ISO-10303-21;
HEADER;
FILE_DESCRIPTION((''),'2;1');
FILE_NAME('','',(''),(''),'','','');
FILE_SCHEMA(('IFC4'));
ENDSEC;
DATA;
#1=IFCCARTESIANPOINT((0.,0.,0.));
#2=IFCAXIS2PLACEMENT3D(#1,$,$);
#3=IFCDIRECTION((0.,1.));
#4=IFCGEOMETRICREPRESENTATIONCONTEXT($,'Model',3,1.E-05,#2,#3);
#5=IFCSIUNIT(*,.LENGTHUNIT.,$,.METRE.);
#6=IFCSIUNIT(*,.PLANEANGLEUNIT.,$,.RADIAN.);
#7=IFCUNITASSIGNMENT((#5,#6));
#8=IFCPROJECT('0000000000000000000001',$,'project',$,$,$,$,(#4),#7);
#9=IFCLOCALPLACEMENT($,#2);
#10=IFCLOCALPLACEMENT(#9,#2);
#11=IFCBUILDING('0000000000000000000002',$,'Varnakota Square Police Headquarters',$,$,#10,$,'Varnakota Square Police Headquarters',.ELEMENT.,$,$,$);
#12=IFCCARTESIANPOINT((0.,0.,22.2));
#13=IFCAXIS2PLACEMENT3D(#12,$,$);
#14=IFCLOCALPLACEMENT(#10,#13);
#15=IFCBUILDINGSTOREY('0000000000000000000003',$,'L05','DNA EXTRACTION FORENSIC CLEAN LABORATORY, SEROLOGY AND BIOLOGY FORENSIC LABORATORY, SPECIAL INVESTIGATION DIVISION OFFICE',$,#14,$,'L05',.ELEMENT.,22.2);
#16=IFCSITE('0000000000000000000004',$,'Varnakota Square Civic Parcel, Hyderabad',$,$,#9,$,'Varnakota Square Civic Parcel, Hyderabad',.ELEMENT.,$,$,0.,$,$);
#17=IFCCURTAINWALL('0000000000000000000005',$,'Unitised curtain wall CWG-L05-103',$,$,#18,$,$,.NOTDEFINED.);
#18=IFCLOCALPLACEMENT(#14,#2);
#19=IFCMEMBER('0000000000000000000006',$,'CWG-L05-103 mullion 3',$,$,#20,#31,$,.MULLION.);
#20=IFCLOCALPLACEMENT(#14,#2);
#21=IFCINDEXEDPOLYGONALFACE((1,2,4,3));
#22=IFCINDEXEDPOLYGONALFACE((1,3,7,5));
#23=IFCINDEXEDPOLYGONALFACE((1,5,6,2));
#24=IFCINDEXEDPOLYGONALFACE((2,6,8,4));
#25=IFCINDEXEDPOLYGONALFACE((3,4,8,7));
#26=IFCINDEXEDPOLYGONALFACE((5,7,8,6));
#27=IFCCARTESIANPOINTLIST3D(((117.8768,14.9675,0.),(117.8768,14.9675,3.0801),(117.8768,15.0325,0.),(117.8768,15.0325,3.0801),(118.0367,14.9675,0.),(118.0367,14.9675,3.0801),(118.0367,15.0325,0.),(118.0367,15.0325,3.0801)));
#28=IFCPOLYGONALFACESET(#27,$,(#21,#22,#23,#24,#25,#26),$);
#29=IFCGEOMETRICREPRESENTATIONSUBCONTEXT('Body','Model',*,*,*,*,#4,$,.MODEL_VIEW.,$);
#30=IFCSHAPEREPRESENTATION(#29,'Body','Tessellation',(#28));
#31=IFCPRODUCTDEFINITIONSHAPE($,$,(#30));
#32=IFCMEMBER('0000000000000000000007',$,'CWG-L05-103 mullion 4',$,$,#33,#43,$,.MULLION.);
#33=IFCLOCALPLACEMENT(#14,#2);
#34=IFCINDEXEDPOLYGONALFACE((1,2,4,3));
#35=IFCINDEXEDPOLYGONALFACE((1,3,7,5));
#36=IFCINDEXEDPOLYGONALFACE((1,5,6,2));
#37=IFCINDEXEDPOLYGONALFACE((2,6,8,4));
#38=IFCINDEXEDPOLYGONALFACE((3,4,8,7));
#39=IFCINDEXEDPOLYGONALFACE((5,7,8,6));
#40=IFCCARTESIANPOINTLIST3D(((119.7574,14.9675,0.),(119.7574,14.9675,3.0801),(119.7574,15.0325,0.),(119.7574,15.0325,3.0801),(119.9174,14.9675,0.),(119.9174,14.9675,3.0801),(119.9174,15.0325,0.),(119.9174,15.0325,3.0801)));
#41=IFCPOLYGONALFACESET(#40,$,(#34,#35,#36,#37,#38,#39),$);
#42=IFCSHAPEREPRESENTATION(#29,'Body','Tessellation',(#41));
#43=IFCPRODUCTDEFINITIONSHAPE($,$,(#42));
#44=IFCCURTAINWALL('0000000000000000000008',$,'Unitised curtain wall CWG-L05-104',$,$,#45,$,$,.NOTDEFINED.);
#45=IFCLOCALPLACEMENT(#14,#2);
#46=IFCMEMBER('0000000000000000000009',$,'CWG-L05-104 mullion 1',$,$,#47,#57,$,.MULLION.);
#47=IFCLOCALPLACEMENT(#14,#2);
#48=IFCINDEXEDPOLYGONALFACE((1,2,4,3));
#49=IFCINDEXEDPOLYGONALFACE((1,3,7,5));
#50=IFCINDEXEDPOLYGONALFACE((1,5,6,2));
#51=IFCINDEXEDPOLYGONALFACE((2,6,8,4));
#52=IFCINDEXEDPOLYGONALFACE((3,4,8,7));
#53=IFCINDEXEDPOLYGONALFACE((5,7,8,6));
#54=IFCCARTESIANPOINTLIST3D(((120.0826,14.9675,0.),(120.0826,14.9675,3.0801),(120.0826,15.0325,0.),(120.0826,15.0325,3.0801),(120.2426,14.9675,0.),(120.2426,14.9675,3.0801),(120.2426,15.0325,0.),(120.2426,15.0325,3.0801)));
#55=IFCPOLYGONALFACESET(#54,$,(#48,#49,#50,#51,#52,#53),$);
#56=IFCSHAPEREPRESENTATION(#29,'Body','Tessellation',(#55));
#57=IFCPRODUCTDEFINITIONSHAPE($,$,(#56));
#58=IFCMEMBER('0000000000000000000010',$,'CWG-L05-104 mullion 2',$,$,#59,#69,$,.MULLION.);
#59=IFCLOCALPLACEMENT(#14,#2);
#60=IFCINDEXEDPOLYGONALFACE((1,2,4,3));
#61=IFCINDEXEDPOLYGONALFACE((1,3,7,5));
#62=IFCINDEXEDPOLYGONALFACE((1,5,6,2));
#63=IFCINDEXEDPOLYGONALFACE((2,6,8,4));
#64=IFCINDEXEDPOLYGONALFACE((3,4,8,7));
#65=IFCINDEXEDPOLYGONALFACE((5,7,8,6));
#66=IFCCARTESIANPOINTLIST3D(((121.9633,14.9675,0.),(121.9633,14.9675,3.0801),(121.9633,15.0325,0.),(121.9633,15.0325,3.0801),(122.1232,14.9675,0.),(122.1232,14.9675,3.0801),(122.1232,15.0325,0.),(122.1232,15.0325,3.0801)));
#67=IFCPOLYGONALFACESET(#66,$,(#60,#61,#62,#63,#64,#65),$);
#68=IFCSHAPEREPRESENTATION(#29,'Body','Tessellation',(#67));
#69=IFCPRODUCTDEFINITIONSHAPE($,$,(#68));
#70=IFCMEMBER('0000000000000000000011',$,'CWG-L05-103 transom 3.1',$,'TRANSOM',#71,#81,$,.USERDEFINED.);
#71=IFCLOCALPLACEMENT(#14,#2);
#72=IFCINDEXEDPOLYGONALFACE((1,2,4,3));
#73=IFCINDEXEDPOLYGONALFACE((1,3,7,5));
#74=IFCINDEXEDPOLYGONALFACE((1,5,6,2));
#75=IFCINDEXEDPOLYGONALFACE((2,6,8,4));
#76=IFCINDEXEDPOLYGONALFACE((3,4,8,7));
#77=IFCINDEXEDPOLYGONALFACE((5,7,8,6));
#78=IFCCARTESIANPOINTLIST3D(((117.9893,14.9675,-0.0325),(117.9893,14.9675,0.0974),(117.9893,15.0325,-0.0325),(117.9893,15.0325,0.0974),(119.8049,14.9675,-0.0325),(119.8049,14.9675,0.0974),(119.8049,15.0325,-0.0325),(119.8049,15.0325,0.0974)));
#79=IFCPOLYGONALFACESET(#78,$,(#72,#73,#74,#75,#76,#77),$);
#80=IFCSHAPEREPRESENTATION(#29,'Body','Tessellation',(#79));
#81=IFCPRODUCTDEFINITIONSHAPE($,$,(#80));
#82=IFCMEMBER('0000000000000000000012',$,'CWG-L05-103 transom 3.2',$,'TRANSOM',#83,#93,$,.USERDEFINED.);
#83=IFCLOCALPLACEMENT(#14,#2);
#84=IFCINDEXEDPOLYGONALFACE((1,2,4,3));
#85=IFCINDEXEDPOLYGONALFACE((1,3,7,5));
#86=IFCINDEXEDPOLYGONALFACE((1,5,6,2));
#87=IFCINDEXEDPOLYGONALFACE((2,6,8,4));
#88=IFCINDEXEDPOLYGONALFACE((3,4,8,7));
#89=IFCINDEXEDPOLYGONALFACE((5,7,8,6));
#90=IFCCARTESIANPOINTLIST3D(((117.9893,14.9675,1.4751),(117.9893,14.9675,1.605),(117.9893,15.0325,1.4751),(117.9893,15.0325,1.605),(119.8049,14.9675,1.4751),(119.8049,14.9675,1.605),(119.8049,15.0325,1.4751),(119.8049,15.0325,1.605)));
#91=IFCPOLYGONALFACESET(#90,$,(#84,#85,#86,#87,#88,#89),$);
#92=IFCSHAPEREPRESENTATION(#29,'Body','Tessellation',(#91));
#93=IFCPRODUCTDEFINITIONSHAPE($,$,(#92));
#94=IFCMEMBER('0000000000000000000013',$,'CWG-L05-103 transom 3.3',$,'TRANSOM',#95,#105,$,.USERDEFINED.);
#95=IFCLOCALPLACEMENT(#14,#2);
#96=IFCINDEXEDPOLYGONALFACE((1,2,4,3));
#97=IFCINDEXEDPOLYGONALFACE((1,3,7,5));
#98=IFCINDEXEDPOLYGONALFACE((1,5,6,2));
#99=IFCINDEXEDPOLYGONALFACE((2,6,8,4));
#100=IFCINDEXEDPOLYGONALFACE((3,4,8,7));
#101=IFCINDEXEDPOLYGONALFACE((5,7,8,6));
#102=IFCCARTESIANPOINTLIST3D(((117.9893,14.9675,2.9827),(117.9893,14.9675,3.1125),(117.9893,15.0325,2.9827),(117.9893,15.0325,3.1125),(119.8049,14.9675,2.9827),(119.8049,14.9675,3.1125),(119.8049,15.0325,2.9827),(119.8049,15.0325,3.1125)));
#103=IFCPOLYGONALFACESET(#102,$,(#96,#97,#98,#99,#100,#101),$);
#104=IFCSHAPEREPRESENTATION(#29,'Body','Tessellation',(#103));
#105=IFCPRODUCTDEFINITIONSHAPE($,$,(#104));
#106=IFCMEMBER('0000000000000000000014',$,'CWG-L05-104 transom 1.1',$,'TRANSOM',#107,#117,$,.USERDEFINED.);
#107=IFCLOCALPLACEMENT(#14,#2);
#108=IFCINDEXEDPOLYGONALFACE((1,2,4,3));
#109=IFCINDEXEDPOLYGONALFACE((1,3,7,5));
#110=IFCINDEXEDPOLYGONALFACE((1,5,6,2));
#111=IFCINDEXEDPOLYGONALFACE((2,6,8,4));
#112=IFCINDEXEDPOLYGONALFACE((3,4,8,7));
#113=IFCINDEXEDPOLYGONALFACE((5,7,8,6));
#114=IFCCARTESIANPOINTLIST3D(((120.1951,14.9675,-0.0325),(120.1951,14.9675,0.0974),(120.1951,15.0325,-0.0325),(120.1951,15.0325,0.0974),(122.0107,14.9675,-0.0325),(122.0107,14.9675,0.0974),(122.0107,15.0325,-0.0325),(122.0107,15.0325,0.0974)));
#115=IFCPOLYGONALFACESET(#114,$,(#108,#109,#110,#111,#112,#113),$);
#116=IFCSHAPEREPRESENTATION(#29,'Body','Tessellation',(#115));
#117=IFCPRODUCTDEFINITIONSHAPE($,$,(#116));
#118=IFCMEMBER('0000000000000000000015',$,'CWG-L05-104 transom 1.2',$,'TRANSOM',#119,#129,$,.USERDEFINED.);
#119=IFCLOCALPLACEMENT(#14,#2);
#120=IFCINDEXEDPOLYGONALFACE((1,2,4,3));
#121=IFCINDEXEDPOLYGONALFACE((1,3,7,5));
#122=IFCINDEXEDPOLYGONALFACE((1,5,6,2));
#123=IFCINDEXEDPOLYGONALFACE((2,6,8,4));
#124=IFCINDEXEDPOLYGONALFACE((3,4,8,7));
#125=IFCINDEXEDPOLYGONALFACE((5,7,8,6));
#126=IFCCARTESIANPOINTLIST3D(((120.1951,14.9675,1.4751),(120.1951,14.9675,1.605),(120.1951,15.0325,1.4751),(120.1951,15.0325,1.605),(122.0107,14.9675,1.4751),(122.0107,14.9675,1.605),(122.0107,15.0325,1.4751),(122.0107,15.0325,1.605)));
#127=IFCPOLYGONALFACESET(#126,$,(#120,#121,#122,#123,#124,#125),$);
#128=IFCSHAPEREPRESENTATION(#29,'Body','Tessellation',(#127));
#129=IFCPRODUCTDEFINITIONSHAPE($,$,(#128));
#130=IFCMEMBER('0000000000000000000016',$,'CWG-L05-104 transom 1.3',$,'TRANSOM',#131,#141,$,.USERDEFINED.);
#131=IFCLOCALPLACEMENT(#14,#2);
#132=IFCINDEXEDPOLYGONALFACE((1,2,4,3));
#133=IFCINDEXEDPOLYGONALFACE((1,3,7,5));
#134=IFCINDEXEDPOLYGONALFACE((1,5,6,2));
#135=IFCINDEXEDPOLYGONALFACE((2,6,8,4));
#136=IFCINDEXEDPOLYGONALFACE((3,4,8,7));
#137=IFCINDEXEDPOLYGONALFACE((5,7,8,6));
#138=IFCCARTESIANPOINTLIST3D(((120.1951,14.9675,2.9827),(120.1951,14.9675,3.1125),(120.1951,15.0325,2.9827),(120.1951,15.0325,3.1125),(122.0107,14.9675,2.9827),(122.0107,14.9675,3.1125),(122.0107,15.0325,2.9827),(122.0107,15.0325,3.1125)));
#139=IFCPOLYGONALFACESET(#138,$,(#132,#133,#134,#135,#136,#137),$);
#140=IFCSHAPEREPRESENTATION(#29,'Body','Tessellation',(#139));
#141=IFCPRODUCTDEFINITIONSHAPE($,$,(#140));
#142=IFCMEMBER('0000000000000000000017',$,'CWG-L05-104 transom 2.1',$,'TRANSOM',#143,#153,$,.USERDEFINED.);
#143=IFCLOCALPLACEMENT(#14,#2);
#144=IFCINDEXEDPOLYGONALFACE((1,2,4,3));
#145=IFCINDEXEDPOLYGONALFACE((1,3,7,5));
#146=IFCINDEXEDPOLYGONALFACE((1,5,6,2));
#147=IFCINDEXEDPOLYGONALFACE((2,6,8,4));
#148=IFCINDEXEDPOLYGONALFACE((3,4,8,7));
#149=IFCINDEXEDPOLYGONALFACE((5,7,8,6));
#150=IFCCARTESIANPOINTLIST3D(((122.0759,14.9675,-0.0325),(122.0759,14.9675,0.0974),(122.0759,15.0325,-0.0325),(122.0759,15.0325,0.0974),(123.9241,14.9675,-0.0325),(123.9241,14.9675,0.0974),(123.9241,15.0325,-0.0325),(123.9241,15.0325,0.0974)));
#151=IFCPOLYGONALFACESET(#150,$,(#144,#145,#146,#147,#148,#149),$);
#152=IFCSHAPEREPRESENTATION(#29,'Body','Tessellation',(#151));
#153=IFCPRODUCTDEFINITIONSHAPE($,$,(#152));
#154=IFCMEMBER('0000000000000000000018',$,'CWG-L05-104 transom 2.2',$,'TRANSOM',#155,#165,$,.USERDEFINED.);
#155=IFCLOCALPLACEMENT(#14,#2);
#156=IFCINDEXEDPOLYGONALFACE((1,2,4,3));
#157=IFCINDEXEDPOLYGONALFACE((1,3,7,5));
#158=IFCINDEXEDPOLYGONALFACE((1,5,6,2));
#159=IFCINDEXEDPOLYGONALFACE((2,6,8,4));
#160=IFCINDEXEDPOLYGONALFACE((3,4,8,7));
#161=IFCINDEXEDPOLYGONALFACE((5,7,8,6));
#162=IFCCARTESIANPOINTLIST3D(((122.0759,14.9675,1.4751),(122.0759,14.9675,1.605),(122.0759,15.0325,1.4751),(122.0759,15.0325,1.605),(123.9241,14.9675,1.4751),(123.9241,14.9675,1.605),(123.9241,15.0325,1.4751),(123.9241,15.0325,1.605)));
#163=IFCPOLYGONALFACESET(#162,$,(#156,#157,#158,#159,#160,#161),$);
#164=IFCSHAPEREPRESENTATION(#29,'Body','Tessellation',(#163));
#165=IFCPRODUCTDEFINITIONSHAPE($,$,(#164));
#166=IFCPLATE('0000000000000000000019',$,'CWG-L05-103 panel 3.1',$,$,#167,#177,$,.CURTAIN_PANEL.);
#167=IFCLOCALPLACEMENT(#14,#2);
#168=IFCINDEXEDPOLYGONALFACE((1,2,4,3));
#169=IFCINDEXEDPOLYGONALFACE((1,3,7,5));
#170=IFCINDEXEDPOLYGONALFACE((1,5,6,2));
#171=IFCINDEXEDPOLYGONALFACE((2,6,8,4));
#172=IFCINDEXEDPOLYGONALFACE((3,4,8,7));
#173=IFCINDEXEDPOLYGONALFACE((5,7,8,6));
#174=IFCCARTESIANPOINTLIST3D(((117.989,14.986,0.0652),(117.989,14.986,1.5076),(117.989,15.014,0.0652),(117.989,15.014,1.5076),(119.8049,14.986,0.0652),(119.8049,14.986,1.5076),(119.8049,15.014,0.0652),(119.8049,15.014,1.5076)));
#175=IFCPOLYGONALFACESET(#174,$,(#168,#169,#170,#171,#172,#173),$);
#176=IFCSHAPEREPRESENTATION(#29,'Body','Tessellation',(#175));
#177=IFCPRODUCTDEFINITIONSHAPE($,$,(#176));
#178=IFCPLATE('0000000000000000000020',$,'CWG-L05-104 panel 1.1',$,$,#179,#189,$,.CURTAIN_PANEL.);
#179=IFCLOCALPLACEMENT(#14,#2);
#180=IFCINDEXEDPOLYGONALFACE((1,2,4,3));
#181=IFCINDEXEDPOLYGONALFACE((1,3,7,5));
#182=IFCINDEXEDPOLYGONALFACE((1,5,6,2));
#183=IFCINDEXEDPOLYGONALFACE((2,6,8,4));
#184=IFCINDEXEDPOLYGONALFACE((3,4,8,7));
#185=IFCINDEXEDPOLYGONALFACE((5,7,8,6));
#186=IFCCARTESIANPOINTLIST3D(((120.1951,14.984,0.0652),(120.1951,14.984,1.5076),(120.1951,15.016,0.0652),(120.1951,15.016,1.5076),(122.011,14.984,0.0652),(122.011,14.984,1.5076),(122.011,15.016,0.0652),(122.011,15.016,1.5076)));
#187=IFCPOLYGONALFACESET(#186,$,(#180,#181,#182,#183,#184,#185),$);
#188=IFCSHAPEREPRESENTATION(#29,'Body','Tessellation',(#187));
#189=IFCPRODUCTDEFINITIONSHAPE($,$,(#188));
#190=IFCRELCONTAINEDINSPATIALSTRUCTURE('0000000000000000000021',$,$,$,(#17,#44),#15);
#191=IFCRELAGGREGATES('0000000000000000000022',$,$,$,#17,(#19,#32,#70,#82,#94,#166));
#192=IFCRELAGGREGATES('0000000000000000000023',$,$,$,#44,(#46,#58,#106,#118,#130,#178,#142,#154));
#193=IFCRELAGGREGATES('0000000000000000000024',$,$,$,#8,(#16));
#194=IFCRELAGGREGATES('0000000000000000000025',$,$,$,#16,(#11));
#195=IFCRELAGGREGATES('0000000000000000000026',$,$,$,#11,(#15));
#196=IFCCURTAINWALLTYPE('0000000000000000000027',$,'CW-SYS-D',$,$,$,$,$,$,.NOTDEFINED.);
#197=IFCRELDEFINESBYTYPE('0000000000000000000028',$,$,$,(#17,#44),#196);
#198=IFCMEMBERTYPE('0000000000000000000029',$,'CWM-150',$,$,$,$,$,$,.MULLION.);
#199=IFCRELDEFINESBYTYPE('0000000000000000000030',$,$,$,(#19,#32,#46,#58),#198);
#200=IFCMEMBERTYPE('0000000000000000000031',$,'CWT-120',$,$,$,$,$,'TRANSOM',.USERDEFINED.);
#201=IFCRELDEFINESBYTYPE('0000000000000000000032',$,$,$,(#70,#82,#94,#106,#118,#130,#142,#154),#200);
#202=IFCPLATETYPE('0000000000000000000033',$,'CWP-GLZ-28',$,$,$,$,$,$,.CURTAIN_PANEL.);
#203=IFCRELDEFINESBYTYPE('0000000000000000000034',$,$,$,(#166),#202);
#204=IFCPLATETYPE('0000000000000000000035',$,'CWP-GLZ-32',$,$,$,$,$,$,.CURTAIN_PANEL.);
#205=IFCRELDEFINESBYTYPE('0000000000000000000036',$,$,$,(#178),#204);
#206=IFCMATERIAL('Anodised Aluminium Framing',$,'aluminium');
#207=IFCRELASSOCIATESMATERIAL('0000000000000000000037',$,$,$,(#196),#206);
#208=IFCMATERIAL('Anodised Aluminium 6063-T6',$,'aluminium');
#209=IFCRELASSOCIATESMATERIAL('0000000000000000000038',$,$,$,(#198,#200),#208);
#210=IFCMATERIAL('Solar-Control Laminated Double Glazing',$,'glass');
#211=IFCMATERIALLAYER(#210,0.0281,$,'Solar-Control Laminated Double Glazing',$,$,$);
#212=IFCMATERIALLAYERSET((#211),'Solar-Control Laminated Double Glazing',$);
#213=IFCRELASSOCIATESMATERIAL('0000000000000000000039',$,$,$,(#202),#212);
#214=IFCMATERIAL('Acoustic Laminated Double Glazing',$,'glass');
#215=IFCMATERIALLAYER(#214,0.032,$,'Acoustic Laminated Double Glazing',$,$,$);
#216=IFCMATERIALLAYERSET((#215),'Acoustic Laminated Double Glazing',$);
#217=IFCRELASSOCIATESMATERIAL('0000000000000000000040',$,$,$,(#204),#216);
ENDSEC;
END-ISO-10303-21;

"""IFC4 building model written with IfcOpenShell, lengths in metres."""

from ifc_helpers import new_model, si_unit, direction, frame, origin, origin_2d, place, context, subcontext, project, spatial, rectangle, extrude, material, layer, layer_set, material_profile, profile_set, type_object, element, aggregate, save


model = new_model("IFC4")

# Units and contexts
model_context = context("Model", 3, precision=1e-05, world=origin(), true_north=direction((0.0, 1.0)))
body_context = subcontext(model_context, "Body", "Model", "MODEL_VIEW")
ifc_project = project(units=[si_unit("LENGTHUNIT", "METRE"), si_unit("PLANEANGLEUNIT", "RADIAN")], contexts=[model_context])

# Site, building, storey
site_placement = place(None, origin())
site = spatial("IfcSite", under=ifc_project, at=site_placement, Name="Varnakota Square Civic Parcel, Hyderabad", LongName="Varnakota Square Civic Parcel, Hyderabad", CompositionType="ELEMENT", RefElevation=0.0)
building_placement = place(site_placement, origin())
building = spatial("IfcBuilding", under=site, at=building_placement, Name="Varnakota Square Police Headquarters", LongName="Varnakota Square Police Headquarters", CompositionType="ELEMENT")
storey_placement = place(building_placement, frame((0.0, 0.0, 22.2)))
storey = spatial("IfcBuildingStorey", under=building, at=storey_placement, Name="L05", Description="DNA EXTRACTION FORENSIC CLEAN LABORATORY, SEROLOGY AND BIOLOGY FORENSIC LABORATORY, SPECIAL INVESTIGATION DIVISION OFFICE", LongName="L05", CompositionType="ELEMENT", Elevation=22.2)

# Curtain walls, members
ifc_material_1 = material(Name="Anodised Aluminium Framing", Category="aluminium")
curtain_wall_type = type_object("IfcCurtainWallType", Name="CW-SYS-D", PredefinedType="NOTDEFINED", material=ifc_material_1)
curtain_wall_1_placement = place(storey_placement, origin())
curtain_wall_1 = element("IfcCurtainWall", 1, at=curtain_wall_1_placement, inside=storey, type_object=curtain_wall_type, Name="Unitised curtain wall CWG-L05-103", PredefinedType="NOTDEFINED")
ifc_material_2 = material(Name="Anodised Aluminium 6063-T6", Category="aluminium")
ifc_material_profile_1 = material_profile(ifc_material_2, rectangle(XDim=0.0649, YDim=0.1599, at=origin_2d()), Name="ALU MULLION 65x160")
ifc_profile_set_1 = profile_set([ifc_material_profile_1], Name="Anodised Aluminium 6063-T6")
member_type_1 = type_object("IfcMemberType", Name="CWM-150", PredefinedType="MULLION", material=ifc_profile_set_1)
member_1_placement = place(storey_placement, frame((117.9568, 15.0, 0.0), z_axis=(0.0, 0.0, 1.0), x_axis=(0.0, 1.0, 0.0)))
member_1 = element("IfcMember", 2, at=member_1_placement, type_object=member_type_1, Name="CWG-L05-103 mullion 3", PredefinedType="MULLION", context=body_context, shape_type="SweptSolid", body=[
    extrude(rectangle(XDim=0.0649, YDim=0.1599, at=origin_2d()), origin(), (0.0, 0.0, 1.0), 3.0801),
])
member_2_placement = place(storey_placement, frame((119.8374, 15.0, 0.0), z_axis=(0.0, 0.0, 1.0), x_axis=(0.0, 1.0, 0.0)))
member_2 = element("IfcMember", 3, at=member_2_placement, type_object=member_type_1, Name="CWG-L05-103 mullion 4", PredefinedType="MULLION", context=body_context, shape_type="SweptSolid", body=[
    extrude(rectangle(XDim=0.0649, YDim=0.1599, at=origin_2d()), origin(), (0.0, 0.0, 1.0), 3.0801),
])
curtain_wall_2_placement = place(storey_placement, origin())
curtain_wall_2 = element("IfcCurtainWall", 4, at=curtain_wall_2_placement, inside=storey, type_object=curtain_wall_type, Name="Unitised curtain wall CWG-L05-104", PredefinedType="NOTDEFINED")
member_3_placement = place(storey_placement, frame((120.1626, 15.0, 0.0), z_axis=(0.0, 0.0, 1.0), x_axis=(0.0, 1.0, 0.0)))
member_3 = element("IfcMember", 5, at=member_3_placement, type_object=member_type_1, Name="CWG-L05-104 mullion 1", PredefinedType="MULLION", context=body_context, shape_type="SweptSolid", body=[
    extrude(rectangle(XDim=0.0649, YDim=0.1599, at=origin_2d()), origin(), (0.0, 0.0, 1.0), 3.0801),
])
member_4_placement = place(storey_placement, frame((122.0432, 15.0, 0.0), z_axis=(0.0, 0.0, 1.0), x_axis=(0.0, 1.0, 0.0)))
member_4 = element("IfcMember", 6, at=member_4_placement, type_object=member_type_1, Name="CWG-L05-104 mullion 2", PredefinedType="MULLION", context=body_context, shape_type="SweptSolid", body=[
    extrude(rectangle(XDim=0.0649, YDim=0.1599, at=origin_2d()), origin(), (0.0, 0.0, 1.0), 3.0801),
])

# Members
ifc_material_profile_2 = material_profile(ifc_material_2, rectangle(XDim=0.0649, YDim=0.1299, at=origin_2d()), Name="ALU TRANSOM 65x130")
ifc_profile_set_2 = profile_set([ifc_material_profile_2], Name="Anodised Aluminium 6063-T6")
member_type_2 = type_object("IfcMemberType", Name="CWT-120", ElementType="TRANSOM", PredefinedType="USERDEFINED", material=ifc_profile_set_2)
member_5_placement = place(storey_placement, frame((117.9893, 15.0, 0.0325), z_axis=(1.0, 0.0, 0.0), x_axis=(0.0, 1.0, 0.0)))
member_5 = element("IfcMember", 7, at=member_5_placement, type_object=member_type_2, Name="CWG-L05-103 transom 3.1", ObjectType="TRANSOM", PredefinedType="USERDEFINED", context=body_context, shape_type="SweptSolid", body=[
    extrude(rectangle(XDim=0.0649, YDim=0.1299, at=origin_2d()), origin(), (0.0, 0.0, 1.0), 1.8157),
])
member_6_placement = place(storey_placement, frame((117.9893, 15.0, 1.54), z_axis=(1.0, 0.0, 0.0), x_axis=(0.0, 1.0, 0.0)))
member_6 = element("IfcMember", 8, at=member_6_placement, type_object=member_type_2, Name="CWG-L05-103 transom 3.2", ObjectType="TRANSOM", PredefinedType="USERDEFINED", context=body_context, shape_type="SweptSolid", body=[
    extrude(rectangle(XDim=0.0649, YDim=0.1299, at=origin_2d()), origin(), (0.0, 0.0, 1.0), 1.8157),
])
member_7_placement = place(storey_placement, frame((117.9893, 15.0, 3.0476), z_axis=(1.0, 0.0, 0.0), x_axis=(0.0, 1.0, 0.0)))
member_7 = element("IfcMember", 9, at=member_7_placement, type_object=member_type_2, Name="CWG-L05-103 transom 3.3", ObjectType="TRANSOM", PredefinedType="USERDEFINED", context=body_context, shape_type="SweptSolid", body=[
    extrude(rectangle(XDim=0.0649, YDim=0.1299, at=origin_2d()), origin(), (0.0, 0.0, 1.0), 1.8157),
])
member_8_placement = place(storey_placement, frame((120.1951, 15.0, 0.0325), z_axis=(1.0, 0.0, 0.0), x_axis=(0.0, 1.0, 0.0)))
member_8 = element("IfcMember", 10, at=member_8_placement, type_object=member_type_2, Name="CWG-L05-104 transom 1.1", ObjectType="TRANSOM", PredefinedType="USERDEFINED", context=body_context, shape_type="SweptSolid", body=[
    extrude(rectangle(XDim=0.0649, YDim=0.1299, at=origin_2d()), origin(), (0.0, 0.0, 1.0), 1.8157),
])
member_9_placement = place(storey_placement, frame((120.1951, 15.0, 1.54), z_axis=(1.0, 0.0, 0.0), x_axis=(0.0, 1.0, 0.0)))
member_9 = element("IfcMember", 11, at=member_9_placement, type_object=member_type_2, Name="CWG-L05-104 transom 1.2", ObjectType="TRANSOM", PredefinedType="USERDEFINED", context=body_context, shape_type="SweptSolid", body=[
    extrude(rectangle(XDim=0.0649, YDim=0.1299, at=origin_2d()), origin(), (0.0, 0.0, 1.0), 1.8157),
])
member_10_placement = place(storey_placement, frame((120.1951, 15.0, 3.0476), z_axis=(1.0, 0.0, 0.0), x_axis=(0.0, 1.0, 0.0)))
member_10 = element("IfcMember", 12, at=member_10_placement, type_object=member_type_2, Name="CWG-L05-104 transom 1.3", ObjectType="TRANSOM", PredefinedType="USERDEFINED", context=body_context, shape_type="SweptSolid", body=[
    extrude(rectangle(XDim=0.0649, YDim=0.1299, at=origin_2d()), origin(), (0.0, 0.0, 1.0), 1.8157),
])
member_11_placement = place(storey_placement, frame((122.0759, 15.0, 0.0325), z_axis=(1.0, 0.0, 0.0), x_axis=(0.0, 1.0, 0.0)))
member_11 = element("IfcMember", 13, at=member_11_placement, type_object=member_type_2, Name="CWG-L05-104 transom 2.1", ObjectType="TRANSOM", PredefinedType="USERDEFINED", context=body_context, shape_type="SweptSolid", body=[
    extrude(rectangle(XDim=0.0649, YDim=0.1299, at=origin_2d()), origin(), (0.0, 0.0, 1.0), 1.8481),
])
member_12_placement = place(storey_placement, frame((122.0759, 15.0, 1.54), z_axis=(1.0, 0.0, 0.0), x_axis=(0.0, 1.0, 0.0)))
member_12 = element("IfcMember", 14, at=member_12_placement, type_object=member_type_2, Name="CWG-L05-104 transom 2.2", ObjectType="TRANSOM", PredefinedType="USERDEFINED", context=body_context, shape_type="SweptSolid", body=[
    extrude(rectangle(XDim=0.0649, YDim=0.1299, at=origin_2d()), origin(), (0.0, 0.0, 1.0), 1.8481),
])

# Plates
ifc_material_3 = material(Name="Solar-Control Laminated Double Glazing", Category="glass")
ifc_layer_1 = layer(ifc_material_3, 0.0281, Name="Solar-Control Laminated Double Glazing")
ifc_layer_set_1 = layer_set([ifc_layer_1], Name="Solar-Control Laminated Double Glazing")
plate_type_1 = type_object("IfcPlateType", Name="CWP-GLZ-28", PredefinedType="CURTAIN_PANEL", material=ifc_layer_set_1)
plate_1_placement = place(storey_placement, frame((118.897, 15.0, 0.0652), z_axis=(0.0, 0.0, 1.0), x_axis=(1.0, 0.0, 0.0)))
plate_1 = element("IfcPlate", 15, at=plate_1_placement, type_object=plate_type_1, Name="CWG-L05-103 panel 3.1", PredefinedType="CURTAIN_PANEL", context=body_context, shape_type="SweptSolid", body=[
    extrude(rectangle(XDim=1.8159, YDim=0.0281, at=origin_2d()), origin(), (0.0, 0.0, 1.0), 1.4424),
])
ifc_material_4 = material(Name="Acoustic Laminated Double Glazing", Category="glass")
ifc_layer_2 = layer(ifc_material_4, 0.032, Name="Acoustic Laminated Double Glazing")
ifc_layer_set_2 = layer_set([ifc_layer_2], Name="Acoustic Laminated Double Glazing")
plate_type_2 = type_object("IfcPlateType", Name="CWP-GLZ-32", PredefinedType="CURTAIN_PANEL", material=ifc_layer_set_2)
plate_2_placement = place(storey_placement, frame((121.103, 15.0, 0.0652), z_axis=(0.0, 0.0, 1.0), x_axis=(1.0, 0.0, 0.0)))
plate_2 = element("IfcPlate", 16, at=plate_2_placement, type_object=plate_type_2, Name="CWG-L05-104 panel 1.1", PredefinedType="CURTAIN_PANEL", context=body_context, shape_type="SweptSolid", body=[
    extrude(rectangle(XDim=1.8159, YDim=0.032, at=origin_2d()), origin(), (0.0, 0.0, 1.0), 1.4424),
])
aggregate(curtain_wall_1, [member_1, member_2, member_5, member_6, member_7, plate_1])
aggregate(curtain_wall_2, [member_3, member_4, member_8, member_9, member_10, plate_2, member_11, member_12])

save(model, "model.ifc")
